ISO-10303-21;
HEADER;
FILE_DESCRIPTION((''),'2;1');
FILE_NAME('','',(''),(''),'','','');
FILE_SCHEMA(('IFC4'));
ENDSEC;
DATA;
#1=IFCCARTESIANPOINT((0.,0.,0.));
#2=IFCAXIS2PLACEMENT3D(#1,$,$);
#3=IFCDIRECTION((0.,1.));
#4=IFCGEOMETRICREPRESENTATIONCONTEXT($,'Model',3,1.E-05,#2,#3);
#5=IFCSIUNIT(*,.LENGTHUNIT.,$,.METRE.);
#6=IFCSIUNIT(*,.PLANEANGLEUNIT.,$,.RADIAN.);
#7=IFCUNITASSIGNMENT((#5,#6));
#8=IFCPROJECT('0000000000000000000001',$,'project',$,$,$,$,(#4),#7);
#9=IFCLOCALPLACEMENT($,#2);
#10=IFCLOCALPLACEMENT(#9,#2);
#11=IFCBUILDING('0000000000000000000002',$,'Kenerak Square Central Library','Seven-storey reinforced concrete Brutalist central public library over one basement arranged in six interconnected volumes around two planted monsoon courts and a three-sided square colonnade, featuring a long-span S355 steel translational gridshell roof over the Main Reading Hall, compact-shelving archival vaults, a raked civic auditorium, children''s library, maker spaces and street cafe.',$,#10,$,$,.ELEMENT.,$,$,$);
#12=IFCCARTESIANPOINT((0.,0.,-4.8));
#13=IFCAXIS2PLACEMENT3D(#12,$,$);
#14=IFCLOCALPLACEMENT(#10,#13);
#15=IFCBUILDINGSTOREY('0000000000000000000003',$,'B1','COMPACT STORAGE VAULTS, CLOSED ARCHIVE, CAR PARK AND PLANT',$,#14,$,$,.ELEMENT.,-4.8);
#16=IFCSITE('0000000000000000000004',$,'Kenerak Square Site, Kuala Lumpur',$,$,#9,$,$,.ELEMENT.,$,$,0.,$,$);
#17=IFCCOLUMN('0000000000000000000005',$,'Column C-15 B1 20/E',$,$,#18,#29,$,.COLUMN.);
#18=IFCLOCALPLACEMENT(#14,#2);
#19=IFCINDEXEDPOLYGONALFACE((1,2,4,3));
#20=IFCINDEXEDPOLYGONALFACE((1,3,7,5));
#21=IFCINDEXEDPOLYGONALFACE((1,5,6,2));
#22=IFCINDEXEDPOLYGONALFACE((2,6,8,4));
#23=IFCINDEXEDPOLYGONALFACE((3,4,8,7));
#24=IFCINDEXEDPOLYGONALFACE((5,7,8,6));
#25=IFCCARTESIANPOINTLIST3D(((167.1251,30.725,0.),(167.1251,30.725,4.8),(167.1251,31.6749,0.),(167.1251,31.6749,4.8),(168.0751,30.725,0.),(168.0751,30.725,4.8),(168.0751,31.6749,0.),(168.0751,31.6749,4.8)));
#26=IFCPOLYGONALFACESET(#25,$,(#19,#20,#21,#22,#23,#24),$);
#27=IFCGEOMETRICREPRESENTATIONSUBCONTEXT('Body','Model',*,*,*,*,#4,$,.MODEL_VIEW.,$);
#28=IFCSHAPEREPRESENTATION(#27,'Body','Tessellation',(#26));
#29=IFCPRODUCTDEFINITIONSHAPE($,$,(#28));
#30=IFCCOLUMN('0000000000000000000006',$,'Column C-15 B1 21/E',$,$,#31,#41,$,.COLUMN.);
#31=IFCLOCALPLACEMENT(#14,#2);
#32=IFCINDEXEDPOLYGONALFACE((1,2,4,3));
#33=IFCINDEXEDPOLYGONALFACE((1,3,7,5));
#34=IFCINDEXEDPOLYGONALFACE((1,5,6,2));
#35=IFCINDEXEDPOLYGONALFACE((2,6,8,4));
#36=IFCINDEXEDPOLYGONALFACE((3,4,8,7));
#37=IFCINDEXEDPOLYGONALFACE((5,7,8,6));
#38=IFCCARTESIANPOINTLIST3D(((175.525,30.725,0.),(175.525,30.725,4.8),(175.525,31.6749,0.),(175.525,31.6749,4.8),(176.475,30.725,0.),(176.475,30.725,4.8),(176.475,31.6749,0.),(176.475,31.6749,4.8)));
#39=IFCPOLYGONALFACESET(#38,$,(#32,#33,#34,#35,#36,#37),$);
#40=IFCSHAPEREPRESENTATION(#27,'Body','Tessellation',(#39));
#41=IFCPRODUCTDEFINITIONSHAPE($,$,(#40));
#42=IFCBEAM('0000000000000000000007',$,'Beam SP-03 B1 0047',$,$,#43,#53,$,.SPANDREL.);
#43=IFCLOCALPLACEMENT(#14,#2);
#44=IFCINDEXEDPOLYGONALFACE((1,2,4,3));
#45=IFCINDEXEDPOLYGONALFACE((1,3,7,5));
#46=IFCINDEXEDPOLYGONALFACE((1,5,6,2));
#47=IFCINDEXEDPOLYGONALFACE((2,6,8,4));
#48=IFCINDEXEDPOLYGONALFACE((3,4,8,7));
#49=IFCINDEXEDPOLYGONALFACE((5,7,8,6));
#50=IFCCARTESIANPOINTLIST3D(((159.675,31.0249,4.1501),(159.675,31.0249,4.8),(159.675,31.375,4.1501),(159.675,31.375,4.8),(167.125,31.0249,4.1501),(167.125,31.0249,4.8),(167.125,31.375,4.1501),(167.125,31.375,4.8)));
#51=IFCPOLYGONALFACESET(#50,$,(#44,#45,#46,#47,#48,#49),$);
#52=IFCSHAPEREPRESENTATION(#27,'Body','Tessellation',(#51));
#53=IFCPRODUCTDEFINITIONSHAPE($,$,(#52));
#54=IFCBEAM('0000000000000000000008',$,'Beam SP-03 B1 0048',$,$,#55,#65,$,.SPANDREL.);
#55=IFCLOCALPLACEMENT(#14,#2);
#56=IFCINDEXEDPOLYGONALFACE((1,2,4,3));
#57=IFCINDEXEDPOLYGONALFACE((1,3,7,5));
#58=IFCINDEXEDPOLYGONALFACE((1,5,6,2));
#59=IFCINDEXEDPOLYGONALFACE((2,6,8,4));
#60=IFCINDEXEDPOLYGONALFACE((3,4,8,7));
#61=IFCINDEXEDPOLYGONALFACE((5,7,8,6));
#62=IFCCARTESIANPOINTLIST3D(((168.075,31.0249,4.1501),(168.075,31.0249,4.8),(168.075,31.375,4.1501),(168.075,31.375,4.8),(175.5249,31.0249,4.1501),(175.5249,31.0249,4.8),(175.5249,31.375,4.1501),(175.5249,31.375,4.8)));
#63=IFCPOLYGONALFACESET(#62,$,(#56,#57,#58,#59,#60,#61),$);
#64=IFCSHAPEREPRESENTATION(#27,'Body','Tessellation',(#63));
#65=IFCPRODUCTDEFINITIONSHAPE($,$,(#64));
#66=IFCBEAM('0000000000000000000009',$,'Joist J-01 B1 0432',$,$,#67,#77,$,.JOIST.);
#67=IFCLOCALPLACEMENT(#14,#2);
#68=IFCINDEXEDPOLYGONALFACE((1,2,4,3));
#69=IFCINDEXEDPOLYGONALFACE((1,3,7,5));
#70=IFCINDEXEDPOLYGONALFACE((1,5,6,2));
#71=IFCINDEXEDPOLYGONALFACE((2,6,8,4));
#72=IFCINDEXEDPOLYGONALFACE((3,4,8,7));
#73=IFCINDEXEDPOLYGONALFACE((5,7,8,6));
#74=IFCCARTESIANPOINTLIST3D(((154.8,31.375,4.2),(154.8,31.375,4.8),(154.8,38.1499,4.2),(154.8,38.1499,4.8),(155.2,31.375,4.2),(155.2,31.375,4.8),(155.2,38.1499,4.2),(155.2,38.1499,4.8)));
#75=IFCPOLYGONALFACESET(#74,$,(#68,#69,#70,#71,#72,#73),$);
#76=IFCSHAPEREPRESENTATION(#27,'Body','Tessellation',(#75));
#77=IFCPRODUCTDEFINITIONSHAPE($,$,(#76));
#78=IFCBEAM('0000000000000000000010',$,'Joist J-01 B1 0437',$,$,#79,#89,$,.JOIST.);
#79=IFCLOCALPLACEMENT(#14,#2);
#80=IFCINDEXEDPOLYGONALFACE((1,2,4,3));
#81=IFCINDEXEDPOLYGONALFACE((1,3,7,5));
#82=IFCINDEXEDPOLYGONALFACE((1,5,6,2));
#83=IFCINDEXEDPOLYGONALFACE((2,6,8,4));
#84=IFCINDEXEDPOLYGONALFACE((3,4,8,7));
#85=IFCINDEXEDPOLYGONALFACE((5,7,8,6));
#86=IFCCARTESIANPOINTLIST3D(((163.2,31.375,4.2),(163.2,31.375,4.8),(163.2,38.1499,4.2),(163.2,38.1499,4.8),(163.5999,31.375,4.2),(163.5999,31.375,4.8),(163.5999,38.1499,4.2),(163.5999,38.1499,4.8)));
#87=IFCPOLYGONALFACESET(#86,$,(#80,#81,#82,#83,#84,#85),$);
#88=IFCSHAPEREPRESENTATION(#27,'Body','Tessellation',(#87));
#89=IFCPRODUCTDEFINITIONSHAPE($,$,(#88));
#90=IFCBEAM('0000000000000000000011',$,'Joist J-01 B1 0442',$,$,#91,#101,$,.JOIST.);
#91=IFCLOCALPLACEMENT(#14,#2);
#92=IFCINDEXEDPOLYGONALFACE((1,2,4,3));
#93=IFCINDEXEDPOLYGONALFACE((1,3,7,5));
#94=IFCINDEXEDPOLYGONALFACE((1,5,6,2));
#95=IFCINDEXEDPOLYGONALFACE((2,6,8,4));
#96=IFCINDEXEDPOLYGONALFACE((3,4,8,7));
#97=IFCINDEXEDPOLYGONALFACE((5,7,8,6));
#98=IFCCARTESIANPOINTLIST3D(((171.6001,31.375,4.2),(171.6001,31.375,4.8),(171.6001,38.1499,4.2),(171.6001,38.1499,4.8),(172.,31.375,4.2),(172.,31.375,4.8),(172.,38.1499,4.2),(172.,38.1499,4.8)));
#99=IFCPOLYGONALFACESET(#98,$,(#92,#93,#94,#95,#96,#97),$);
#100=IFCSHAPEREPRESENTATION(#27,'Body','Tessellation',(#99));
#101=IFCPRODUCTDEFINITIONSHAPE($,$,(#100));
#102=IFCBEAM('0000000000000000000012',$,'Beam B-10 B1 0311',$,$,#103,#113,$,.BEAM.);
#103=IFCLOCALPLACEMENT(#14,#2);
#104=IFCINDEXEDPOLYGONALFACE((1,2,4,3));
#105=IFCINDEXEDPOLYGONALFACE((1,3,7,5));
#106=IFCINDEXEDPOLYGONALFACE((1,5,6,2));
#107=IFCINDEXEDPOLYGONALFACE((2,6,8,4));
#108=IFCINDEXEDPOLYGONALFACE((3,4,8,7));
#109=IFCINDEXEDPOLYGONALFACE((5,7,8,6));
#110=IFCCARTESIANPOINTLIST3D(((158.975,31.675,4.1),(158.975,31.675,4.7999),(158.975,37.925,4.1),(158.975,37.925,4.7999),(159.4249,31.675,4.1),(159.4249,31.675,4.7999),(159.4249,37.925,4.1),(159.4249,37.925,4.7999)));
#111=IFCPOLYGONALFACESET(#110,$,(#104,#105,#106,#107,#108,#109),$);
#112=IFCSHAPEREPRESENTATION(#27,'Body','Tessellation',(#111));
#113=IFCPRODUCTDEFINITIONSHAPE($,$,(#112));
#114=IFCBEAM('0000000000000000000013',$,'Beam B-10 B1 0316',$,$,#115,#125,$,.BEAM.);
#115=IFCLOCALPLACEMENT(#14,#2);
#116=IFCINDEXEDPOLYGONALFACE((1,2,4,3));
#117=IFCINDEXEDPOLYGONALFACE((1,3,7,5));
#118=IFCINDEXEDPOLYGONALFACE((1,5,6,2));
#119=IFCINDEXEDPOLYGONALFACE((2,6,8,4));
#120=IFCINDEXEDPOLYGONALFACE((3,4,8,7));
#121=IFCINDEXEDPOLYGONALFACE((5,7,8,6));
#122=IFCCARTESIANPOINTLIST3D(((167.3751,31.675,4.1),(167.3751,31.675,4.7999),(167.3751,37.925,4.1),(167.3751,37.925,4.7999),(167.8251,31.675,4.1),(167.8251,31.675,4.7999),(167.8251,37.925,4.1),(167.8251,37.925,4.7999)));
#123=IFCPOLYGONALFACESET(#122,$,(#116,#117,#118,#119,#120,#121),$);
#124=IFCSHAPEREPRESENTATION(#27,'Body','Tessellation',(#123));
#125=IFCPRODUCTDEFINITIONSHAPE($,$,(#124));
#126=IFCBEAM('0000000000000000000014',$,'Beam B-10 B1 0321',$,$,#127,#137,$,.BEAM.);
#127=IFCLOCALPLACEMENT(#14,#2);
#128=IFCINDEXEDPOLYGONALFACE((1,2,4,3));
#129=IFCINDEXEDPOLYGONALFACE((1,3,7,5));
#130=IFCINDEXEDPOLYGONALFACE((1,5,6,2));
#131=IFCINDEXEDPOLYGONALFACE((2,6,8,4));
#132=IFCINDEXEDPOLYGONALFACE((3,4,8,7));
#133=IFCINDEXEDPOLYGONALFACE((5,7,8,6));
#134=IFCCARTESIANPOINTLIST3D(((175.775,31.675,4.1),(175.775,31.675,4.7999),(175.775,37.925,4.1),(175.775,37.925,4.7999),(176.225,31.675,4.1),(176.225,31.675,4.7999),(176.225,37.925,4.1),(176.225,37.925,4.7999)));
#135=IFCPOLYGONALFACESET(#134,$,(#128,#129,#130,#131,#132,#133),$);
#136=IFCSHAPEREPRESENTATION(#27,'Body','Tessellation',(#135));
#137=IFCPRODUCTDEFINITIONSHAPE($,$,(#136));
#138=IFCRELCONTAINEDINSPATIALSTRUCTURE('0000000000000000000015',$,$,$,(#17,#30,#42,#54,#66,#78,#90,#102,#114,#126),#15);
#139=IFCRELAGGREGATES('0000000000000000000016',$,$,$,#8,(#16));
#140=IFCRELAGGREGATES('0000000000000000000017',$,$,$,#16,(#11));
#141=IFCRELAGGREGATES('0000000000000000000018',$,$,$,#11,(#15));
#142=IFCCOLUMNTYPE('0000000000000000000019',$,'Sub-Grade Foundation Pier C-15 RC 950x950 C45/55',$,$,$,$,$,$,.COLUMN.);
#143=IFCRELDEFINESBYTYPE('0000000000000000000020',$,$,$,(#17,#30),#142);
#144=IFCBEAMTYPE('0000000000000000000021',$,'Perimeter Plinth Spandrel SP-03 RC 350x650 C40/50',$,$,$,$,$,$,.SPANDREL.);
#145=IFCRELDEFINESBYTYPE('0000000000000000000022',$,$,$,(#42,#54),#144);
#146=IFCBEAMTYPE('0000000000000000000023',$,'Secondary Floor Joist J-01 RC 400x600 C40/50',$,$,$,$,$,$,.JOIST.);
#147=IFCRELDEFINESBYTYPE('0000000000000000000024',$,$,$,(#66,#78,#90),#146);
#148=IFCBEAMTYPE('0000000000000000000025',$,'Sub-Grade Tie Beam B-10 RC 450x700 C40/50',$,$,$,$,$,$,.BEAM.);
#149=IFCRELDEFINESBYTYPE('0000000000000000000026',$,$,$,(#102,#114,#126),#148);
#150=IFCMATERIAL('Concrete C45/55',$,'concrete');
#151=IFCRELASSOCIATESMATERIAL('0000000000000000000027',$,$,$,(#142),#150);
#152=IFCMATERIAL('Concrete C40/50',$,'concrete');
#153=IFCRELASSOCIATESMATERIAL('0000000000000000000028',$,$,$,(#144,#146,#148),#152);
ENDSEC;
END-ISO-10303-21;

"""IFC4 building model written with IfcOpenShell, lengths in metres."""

from ifc_helpers import new_model, si_unit, direction, frame, origin, origin_2d, place, context, subcontext, project, spatial, rectangle, extrude, material, material_profile, profile_set, type_object, element, save


model = new_model("IFC4")

# Units and contexts
model_context = context("Model", 3, precision=1e-05, world=origin(), true_north=direction((0.0, 1.0)))
body_context = subcontext(model_context, "Body", "Model", "MODEL_VIEW")
ifc_project = project(units=[si_unit("LENGTHUNIT", "METRE"), si_unit("PLANEANGLEUNIT", "RADIAN")], contexts=[model_context])

# Site, building, storey
site_placement = place(None, origin())
site = spatial("IfcSite", under=ifc_project, at=site_placement, Name="Kenerak Square Site, Kuala Lumpur", CompositionType="ELEMENT", RefElevation=0.0)
building_placement = place(site_placement, origin())
building = spatial("IfcBuilding", under=site, at=building_placement, Name="Kenerak Square Central Library", Description="Seven-storey reinforced concrete Brutalist central public library over one basement arranged in six interconnected volumes around two planted monsoon courts and a three-sided square colonnade, featuring a long-span S355 steel translational gridshell roof over the Main Reading Hall, compact-shelving archival vaults, a raked civic auditorium, children's library, maker spaces and street cafe.", CompositionType="ELEMENT")
storey_placement = place(building_placement, frame((0.0, 0.0, -4.8)))
storey = spatial("IfcBuildingStorey", under=building, at=storey_placement, Name="B1", Description="COMPACT STORAGE VAULTS, CLOSED ARCHIVE, CAR PARK AND PLANT", CompositionType="ELEMENT", Elevation=-4.8)

# Shared definitions
ifc_material_1 = material(Name="Concrete C40/50", Category="concrete")

# Columns
ifc_material_2 = material(Name="Concrete C45/55", Category="concrete")
ifc_material_profile_1 = material_profile(ifc_material_2, rectangle(XDim=0.95, YDim=0.95, at=origin_2d()), Name="RC 950x950")
ifc_profile_set_1 = profile_set([ifc_material_profile_1], Name="Concrete C45/55")
column_type_1 = type_object("IfcColumnType", Name="Sub-Grade Foundation Pier C-15 RC 950x950 C45/55", PredefinedType="COLUMN", material=ifc_profile_set_1)
for number, where, z_axis, x_axis, name in (
    (1, (167.6001, 31.2, 0.0), (0.0, 0.0, 1.0), (1.0, 0.0, 0.0), "Column C-15 B1 20/E"),
    (2, (176.0, 31.2, 0.0), (0.0, 0.0, 1.0), (1.0, 0.0, 0.0), "Column C-15 B1 21/E"),
):
    element("IfcColumn", number, at=place(storey_placement, frame(where, z_axis=z_axis, x_axis=x_axis)), inside=storey, type_object=column_type_1, Name=name, PredefinedType="COLUMN", context=body_context, shape_type="SweptSolid", body=[
        extrude(rectangle(XDim=0.95, YDim=0.95, at=origin_2d()), origin(), (0.0, 0.0, 1.0), 4.8),
    ])

# Beams
ifc_material_profile_2 = material_profile(ifc_material_1, rectangle(XDim=0.3501, YDim=0.6499, at=origin_2d()), Name="RC 350x650")
ifc_profile_set_2 = profile_set([ifc_material_profile_2], Name="Concrete C40/50")
beam_type_1 = type_object("IfcBeamType", Name="Perimeter Plinth Spandrel SP-03 RC 350x650 C40/50", PredefinedType="SPANDREL", material=ifc_profile_set_2)
for number, where, z_axis, x_axis, name in (
    (3, (159.675, 31.2, 4.4751), (1.0, 0.0, 0.0), (0.0, 1.0, 0.0), "Beam SP-03 B1 0047"),
    (4, (168.075, 31.2, 4.4751), (1.0, 0.0, 0.0), (0.0, 1.0, 0.0), "Beam SP-03 B1 0048"),
):
    element("IfcBeam", number, at=place(storey_placement, frame(where, z_axis=z_axis, x_axis=x_axis)), inside=storey, type_object=beam_type_1, Name=name, PredefinedType="SPANDREL", context=body_context, shape_type="SweptSolid", body=[
        extrude(rectangle(XDim=0.3501, YDim=0.6499, at=origin_2d()), origin(), (0.0, 0.0, 1.0), 7.45),
    ])
ifc_material_profile_3 = material_profile(ifc_material_1, rectangle(XDim=0.3999, YDim=0.6001, at=origin_2d()), Name="RC 400x600")
ifc_profile_set_3 = profile_set([ifc_material_profile_3], Name="Concrete C40/50")
beam_type_2 = type_object("IfcBeamType", Name="Secondary Floor Joist J-01 RC 400x600 C40/50", PredefinedType="JOIST", material=ifc_profile_set_3)
for number, where, z_axis, x_axis, name in (
    (5, (155.0, 31.375, 4.5), (0.0, 1.0, 0.0), (-1.0, 0.0, 0.0), "Joist J-01 B1 0432"),
    (6, (163.3999, 31.375, 4.5), (0.0, 1.0, 0.0), (-1.0, 0.0, 0.0), "Joist J-01 B1 0437"),
    (7, (171.8, 31.375, 4.5), (0.0, 1.0, 0.0), (-1.0, 0.0, 0.0), "Joist J-01 B1 0442"),
):
    element("IfcBeam", number, at=place(storey_placement, frame(where, z_axis=z_axis, x_axis=x_axis)), inside=storey, type_object=beam_type_2, Name=name, PredefinedType="JOIST", context=body_context, shape_type="SweptSolid", body=[
        extrude(rectangle(XDim=0.3999, YDim=0.6001, at=origin_2d()), origin(), (0.0, 0.0, 1.0), 6.7749),
    ])
ifc_material_profile_4 = material_profile(ifc_material_1, rectangle(XDim=0.45, YDim=0.7, at=origin_2d()), Name="RC 450x700")
ifc_profile_set_4 = profile_set([ifc_material_profile_4], Name="Concrete C40/50")
beam_type_3 = type_object("IfcBeamType", Name="Sub-Grade Tie Beam B-10 RC 450x700 C40/50", PredefinedType="BEAM", material=ifc_profile_set_4)
for number, where, z_axis, x_axis, name in (
    (8, (159.2, 31.675, 4.45), (0.0, 1.0, 0.0), (-1.0, 0.0, 0.0), "Beam B-10 B1 0311"),
    (9, (167.6001, 31.675, 4.45), (0.0, 1.0, 0.0), (-1.0, 0.0, 0.0), "Beam B-10 B1 0316"),
    (10, (176.0, 31.675, 4.45), (0.0, 1.0, 0.0), (-1.0, 0.0, 0.0), "Beam B-10 B1 0321"),
):
    element("IfcBeam", number, at=place(storey_placement, frame(where, z_axis=z_axis, x_axis=x_axis)), inside=storey, type_object=beam_type_3, Name=name, PredefinedType="BEAM", context=body_context, shape_type="SweptSolid", body=[
        extrude(rectangle(XDim=0.45, YDim=0.7, at=origin_2d()), origin(), (0.0, 0.0, 1.0), 6.25),
    ])

save(model, "model.ifc")
